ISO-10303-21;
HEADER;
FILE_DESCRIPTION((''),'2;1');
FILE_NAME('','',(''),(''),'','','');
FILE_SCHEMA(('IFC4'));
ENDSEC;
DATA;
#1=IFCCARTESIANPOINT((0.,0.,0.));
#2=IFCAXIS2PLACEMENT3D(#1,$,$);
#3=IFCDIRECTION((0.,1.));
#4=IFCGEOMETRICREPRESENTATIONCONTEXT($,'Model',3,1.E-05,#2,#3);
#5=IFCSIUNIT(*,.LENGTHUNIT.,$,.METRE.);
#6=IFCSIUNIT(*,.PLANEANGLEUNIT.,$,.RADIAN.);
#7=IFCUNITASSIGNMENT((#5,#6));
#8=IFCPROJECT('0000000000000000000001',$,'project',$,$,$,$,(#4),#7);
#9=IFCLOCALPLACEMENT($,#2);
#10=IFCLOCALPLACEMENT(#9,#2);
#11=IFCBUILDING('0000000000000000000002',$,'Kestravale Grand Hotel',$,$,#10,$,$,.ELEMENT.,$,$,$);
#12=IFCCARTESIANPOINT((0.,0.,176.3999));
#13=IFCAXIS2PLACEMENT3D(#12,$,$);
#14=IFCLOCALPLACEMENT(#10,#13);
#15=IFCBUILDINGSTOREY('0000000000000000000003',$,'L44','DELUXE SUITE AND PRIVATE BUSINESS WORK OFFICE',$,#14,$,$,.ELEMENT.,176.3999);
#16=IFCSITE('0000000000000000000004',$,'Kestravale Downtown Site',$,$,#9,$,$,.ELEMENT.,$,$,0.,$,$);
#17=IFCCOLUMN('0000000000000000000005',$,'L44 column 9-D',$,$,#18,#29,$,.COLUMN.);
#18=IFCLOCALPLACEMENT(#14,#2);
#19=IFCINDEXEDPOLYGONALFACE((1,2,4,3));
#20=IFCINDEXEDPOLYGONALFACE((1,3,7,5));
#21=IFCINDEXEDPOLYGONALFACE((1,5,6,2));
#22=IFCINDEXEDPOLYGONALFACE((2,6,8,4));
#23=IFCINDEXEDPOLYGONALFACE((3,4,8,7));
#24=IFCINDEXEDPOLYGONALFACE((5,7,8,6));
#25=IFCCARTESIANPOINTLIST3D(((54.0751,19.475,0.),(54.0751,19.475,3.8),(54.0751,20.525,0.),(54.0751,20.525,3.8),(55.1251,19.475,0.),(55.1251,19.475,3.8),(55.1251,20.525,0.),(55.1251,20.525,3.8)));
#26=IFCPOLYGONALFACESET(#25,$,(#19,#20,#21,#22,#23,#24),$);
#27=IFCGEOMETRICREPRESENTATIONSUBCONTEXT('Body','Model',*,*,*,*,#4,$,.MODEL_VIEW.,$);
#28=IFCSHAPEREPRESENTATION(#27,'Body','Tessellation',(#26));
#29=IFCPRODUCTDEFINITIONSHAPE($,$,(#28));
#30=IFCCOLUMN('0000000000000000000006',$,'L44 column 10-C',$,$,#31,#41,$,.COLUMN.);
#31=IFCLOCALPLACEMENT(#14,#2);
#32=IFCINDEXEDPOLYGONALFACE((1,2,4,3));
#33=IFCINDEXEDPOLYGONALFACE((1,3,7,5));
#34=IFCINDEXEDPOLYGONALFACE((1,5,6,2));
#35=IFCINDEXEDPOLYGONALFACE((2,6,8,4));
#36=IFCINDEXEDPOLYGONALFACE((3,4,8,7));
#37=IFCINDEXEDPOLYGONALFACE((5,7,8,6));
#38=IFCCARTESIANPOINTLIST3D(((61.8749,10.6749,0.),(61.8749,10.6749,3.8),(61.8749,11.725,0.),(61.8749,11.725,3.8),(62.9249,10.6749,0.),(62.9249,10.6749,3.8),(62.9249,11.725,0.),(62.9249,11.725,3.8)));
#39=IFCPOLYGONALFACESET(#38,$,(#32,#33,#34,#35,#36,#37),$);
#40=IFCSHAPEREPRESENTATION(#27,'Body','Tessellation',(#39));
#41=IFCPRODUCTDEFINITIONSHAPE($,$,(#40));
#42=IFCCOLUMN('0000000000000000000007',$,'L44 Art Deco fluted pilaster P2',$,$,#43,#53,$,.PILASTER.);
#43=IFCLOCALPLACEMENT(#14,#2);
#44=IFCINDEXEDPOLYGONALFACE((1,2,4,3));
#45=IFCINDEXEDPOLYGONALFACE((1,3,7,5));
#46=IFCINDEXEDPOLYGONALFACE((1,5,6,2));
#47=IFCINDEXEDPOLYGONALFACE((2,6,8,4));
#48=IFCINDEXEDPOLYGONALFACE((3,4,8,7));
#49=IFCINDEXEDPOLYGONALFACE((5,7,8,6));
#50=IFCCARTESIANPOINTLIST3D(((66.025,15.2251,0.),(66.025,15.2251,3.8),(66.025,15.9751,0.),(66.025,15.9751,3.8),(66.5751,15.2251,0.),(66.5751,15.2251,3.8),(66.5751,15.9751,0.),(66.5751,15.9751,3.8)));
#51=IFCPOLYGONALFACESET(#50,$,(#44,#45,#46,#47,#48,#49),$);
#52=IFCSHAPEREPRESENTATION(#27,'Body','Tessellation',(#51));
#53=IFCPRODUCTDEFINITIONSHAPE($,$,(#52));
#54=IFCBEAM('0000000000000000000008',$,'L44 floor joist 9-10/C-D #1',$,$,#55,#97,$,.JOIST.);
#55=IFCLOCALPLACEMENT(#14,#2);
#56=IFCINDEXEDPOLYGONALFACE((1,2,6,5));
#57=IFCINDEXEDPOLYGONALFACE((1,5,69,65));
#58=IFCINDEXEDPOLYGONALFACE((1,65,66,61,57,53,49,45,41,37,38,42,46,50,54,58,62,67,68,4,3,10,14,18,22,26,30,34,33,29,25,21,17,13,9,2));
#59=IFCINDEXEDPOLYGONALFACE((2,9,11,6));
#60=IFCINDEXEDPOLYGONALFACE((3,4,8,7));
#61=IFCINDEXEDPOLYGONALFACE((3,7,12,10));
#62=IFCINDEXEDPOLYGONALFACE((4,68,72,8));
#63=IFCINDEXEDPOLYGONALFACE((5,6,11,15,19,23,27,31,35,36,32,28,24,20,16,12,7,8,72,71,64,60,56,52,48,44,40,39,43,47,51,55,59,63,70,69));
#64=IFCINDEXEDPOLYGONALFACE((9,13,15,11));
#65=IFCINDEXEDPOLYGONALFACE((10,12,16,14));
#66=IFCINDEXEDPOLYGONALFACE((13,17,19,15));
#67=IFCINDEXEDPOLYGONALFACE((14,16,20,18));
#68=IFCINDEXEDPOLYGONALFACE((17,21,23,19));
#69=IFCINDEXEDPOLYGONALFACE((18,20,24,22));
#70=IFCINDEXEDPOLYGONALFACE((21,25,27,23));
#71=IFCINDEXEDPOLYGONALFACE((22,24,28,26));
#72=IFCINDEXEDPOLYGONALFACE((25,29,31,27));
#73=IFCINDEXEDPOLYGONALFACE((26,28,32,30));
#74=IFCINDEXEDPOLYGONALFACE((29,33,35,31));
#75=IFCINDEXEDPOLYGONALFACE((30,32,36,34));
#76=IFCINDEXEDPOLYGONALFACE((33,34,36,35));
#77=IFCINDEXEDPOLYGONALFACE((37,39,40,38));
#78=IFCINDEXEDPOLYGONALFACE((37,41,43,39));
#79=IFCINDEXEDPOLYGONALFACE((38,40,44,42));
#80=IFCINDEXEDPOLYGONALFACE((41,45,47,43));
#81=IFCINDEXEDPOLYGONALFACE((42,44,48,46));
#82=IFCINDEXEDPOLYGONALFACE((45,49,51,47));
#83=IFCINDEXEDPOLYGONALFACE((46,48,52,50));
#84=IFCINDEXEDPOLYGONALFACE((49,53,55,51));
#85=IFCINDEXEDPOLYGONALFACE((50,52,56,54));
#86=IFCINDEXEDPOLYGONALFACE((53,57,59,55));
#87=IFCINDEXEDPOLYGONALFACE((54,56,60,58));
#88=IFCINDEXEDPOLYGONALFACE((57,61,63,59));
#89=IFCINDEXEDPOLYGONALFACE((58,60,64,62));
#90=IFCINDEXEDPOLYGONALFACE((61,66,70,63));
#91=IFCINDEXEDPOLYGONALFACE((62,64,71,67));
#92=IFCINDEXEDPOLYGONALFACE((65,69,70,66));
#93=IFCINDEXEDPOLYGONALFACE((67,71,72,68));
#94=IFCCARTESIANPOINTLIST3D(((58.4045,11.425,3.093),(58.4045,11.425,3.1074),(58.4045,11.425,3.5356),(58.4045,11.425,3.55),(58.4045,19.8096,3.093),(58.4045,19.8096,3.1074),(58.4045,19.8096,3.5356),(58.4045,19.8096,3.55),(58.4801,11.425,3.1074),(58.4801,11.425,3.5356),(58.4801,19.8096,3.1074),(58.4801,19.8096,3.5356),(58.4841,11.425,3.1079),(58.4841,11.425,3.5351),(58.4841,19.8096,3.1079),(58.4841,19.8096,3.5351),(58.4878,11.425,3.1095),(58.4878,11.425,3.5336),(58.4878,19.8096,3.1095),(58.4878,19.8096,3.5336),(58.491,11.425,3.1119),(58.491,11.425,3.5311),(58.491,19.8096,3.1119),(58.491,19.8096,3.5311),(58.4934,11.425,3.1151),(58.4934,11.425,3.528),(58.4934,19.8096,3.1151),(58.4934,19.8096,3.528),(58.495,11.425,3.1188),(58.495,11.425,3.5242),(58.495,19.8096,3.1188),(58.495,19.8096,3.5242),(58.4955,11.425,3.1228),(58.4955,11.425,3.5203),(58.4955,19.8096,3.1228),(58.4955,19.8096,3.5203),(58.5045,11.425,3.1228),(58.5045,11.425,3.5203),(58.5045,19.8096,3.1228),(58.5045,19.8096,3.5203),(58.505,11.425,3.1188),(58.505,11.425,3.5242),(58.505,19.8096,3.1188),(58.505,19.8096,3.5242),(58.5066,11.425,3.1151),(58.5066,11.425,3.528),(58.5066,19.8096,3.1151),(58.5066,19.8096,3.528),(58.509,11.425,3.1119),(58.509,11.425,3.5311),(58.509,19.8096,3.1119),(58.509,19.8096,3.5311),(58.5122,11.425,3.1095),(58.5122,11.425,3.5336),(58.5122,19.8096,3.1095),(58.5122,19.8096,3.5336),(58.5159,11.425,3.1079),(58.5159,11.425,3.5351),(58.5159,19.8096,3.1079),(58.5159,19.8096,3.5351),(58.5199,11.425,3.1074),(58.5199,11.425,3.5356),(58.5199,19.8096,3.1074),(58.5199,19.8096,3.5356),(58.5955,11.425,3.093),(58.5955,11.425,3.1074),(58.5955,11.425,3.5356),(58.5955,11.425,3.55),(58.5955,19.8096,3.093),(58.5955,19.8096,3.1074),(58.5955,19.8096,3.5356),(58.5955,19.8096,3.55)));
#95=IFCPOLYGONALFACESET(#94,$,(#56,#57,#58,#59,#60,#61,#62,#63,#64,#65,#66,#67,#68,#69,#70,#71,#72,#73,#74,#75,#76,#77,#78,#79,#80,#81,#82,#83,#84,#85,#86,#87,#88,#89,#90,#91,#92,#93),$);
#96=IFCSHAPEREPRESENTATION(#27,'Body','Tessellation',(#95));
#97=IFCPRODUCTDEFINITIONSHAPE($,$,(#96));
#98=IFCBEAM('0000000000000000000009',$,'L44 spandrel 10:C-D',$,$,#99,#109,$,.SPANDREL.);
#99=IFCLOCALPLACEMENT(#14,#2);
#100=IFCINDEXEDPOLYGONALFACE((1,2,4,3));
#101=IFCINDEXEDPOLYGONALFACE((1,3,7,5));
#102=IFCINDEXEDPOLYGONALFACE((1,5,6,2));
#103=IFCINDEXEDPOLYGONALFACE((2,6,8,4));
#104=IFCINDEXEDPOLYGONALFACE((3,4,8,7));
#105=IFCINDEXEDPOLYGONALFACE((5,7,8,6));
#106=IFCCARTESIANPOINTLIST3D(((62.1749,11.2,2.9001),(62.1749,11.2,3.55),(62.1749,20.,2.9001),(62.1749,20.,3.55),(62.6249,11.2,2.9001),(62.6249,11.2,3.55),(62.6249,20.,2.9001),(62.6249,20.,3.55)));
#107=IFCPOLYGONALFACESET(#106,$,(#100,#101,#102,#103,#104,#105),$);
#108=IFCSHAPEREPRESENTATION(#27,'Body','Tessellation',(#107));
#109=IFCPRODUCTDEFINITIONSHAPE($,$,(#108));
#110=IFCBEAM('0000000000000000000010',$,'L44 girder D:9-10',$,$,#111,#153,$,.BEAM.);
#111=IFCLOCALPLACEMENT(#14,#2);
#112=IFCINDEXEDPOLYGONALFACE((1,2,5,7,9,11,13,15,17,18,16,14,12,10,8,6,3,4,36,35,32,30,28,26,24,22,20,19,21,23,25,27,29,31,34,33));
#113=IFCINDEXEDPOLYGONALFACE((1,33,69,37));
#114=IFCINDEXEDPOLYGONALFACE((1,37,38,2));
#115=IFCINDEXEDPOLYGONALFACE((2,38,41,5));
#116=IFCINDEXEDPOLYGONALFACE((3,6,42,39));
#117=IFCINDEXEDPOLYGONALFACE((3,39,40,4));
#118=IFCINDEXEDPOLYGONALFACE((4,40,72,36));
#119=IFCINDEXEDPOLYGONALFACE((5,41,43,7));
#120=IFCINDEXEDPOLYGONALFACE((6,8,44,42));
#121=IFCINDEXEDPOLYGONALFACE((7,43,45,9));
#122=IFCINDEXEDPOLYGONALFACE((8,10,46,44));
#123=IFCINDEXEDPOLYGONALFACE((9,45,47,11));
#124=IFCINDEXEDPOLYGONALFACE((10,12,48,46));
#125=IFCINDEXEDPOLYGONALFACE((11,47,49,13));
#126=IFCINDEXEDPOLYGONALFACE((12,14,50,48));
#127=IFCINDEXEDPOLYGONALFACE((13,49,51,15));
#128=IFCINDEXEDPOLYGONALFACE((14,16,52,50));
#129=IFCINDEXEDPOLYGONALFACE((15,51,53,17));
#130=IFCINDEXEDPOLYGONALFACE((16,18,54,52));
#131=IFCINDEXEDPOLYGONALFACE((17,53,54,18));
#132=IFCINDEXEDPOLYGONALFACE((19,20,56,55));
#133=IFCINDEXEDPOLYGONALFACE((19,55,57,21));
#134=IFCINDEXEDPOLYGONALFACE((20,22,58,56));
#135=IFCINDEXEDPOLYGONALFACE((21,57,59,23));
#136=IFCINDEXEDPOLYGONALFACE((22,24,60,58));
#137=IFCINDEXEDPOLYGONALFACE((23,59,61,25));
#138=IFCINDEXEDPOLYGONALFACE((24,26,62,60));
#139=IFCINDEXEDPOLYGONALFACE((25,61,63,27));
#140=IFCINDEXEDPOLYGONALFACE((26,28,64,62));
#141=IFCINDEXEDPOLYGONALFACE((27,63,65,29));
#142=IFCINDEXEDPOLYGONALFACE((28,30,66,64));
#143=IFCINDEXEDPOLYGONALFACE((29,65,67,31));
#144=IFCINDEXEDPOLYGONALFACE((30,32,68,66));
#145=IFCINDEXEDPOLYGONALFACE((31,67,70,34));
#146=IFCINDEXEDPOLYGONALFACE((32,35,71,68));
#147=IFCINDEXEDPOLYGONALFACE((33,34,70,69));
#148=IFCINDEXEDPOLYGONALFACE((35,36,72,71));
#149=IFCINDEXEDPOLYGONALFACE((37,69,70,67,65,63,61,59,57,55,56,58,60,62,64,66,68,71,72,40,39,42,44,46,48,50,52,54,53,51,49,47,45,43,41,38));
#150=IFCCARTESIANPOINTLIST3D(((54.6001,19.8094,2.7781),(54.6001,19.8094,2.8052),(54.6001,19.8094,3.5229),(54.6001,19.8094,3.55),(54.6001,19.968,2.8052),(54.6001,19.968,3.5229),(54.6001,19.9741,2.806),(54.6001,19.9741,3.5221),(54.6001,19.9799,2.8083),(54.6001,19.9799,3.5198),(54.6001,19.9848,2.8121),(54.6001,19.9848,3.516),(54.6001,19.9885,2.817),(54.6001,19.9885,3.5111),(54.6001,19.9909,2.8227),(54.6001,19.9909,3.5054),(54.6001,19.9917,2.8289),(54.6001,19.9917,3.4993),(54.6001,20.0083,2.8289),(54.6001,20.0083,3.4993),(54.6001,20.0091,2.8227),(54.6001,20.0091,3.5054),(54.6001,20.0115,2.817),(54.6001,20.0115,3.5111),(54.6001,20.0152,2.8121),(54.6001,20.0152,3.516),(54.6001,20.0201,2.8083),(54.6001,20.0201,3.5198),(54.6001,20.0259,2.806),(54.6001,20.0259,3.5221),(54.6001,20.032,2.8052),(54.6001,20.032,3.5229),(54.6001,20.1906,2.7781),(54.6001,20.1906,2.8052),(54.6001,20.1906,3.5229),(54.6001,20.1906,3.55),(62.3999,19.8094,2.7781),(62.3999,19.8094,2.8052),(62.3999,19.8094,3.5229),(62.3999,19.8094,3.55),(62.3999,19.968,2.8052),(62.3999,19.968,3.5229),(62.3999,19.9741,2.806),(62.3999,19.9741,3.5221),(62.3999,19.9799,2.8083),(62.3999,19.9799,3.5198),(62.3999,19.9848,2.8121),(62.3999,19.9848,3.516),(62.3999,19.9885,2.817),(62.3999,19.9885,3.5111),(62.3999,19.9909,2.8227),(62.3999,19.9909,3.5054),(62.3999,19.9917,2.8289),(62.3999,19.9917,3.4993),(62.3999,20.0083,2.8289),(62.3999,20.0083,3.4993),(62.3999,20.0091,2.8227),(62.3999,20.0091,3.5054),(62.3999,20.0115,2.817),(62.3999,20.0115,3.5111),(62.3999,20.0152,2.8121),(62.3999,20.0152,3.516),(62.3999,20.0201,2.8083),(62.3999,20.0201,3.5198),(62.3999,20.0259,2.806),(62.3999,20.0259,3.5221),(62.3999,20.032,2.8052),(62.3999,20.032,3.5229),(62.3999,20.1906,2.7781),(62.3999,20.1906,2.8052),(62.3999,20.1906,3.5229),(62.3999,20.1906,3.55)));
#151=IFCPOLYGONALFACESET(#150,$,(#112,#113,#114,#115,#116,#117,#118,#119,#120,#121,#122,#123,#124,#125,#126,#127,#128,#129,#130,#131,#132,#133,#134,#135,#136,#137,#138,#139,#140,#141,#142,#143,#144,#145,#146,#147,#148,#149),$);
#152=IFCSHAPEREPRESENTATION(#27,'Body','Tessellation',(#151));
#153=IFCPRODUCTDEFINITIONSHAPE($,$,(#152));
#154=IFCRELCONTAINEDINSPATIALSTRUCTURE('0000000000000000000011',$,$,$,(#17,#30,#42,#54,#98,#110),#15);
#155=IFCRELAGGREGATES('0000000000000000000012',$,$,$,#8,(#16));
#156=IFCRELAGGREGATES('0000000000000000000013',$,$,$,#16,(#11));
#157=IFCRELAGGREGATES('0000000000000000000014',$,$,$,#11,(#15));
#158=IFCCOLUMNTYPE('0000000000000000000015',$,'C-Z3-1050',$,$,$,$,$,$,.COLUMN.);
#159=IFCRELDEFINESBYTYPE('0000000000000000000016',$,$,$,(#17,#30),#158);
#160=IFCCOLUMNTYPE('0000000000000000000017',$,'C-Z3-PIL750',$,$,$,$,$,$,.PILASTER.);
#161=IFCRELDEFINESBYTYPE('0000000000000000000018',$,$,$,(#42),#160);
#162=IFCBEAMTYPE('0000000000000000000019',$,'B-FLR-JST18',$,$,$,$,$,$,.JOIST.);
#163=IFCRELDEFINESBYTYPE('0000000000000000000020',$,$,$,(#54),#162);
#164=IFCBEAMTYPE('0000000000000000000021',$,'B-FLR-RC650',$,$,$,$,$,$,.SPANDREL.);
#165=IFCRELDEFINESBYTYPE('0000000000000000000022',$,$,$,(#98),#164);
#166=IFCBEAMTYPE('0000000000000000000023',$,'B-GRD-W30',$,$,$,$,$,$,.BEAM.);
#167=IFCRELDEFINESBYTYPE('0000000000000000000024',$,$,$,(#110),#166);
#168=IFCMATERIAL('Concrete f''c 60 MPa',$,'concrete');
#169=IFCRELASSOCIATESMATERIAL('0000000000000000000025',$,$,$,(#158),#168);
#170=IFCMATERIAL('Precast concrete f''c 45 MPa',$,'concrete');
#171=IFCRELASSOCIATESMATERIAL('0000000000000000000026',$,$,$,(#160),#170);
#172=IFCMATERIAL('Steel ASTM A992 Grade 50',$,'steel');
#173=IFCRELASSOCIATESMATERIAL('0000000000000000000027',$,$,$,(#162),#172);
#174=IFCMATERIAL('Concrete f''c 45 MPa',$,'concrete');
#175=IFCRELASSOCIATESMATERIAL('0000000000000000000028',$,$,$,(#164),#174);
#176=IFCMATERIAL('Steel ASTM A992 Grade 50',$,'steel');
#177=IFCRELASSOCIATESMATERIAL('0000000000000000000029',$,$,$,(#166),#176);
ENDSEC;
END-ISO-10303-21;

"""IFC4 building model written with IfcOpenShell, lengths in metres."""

from ifc_helpers import new_model, si_unit, direction, frame, origin, origin_2d, place, context, subcontext, project, spatial, rectangle, i_section, extrude, material, material_profile, profile_set, type_object, element, save


model = new_model("IFC4")

# Units and contexts
model_context = context("Model", 3, precision=1e-05, world=origin(), true_north=direction((0.0, 1.0)))
body_context = subcontext(model_context, "Body", "Model", "MODEL_VIEW")
ifc_project = project(units=[si_unit("LENGTHUNIT", "METRE"), si_unit("PLANEANGLEUNIT", "RADIAN")], contexts=[model_context])

# Site, building, storey
site_placement = place(None, origin())
site = spatial("IfcSite", under=ifc_project, at=site_placement, Name="Kestravale Downtown Site", CompositionType="ELEMENT", RefElevation=0.0)
building_placement = place(site_placement, origin())
building = spatial("IfcBuilding", under=site, at=building_placement, Name="Kestravale Grand Hotel", CompositionType="ELEMENT")
storey_placement = place(building_placement, frame((0.0, 0.0, 176.3999)))
storey = spatial("IfcBuildingStorey", under=building, at=storey_placement, Name="L44", Description="DELUXE SUITE AND PRIVATE BUSINESS WORK OFFICE", CompositionType="ELEMENT", Elevation=176.3999)

# Columns
ifc_material_1 = material(Name="Concrete f'c 60 MPa", Category="concrete")
ifc_material_profile_1 = material_profile(ifc_material_1, rectangle(XDim=1.05, YDim=1.05, at=origin_2d()))
ifc_profile_set_1 = profile_set([ifc_material_profile_1], Name="Concrete f'c 60 MPa")
column_type_1 = type_object("IfcColumnType", Name="C-Z3-1050", PredefinedType="COLUMN", material=ifc_profile_set_1)
for number, where, z_axis, x_axis, name in (
    (1, (54.6001, 20.0, 0.0), (0.0, 0.0, 1.0), (1.0, 0.0, 0.0), "L44 column 9-D"),
    (2, (62.3999, 11.2, 0.0), (0.0, 0.0, 1.0), (1.0, 0.0, 0.0), "L44 column 10-C"),
):
    element("IfcColumn", number, at=place(storey_placement, frame(where, z_axis=z_axis, x_axis=x_axis)), inside=storey, type_object=column_type_1, Name=name, PredefinedType="COLUMN", context=body_context, shape_type="SweptSolid", body=[
        extrude(rectangle(XDim=1.05, YDim=1.05, at=origin_2d()), origin(), (0.0, 0.0, 1.0), 3.8),
    ])
ifc_material_2 = material(Name="Precast concrete f'c 45 MPa", Category="concrete")
ifc_material_profile_2 = material_profile(ifc_material_2, rectangle(XDim=0.55, YDim=0.75, at=origin_2d()))
ifc_profile_set_2 = profile_set([ifc_material_profile_2], Name="Precast concrete f'c 45 MPa")
column_type_2 = type_object("IfcColumnType", Name="C-Z3-PIL750", PredefinedType="PILASTER", material=ifc_profile_set_2)
column_placement = place(storey_placement, frame((66.3, 15.6001, 0.0), z_axis=(0.0, 0.0, 1.0), x_axis=(1.0, 0.0, 0.0)))
element("IfcColumn", 3, at=column_placement, inside=storey, type_object=column_type_2, Name="L44 Art Deco fluted pilaster P2", PredefinedType="PILASTER", context=body_context, shape_type="SweptSolid", body=[
    extrude(rectangle(XDim=0.55, YDim=0.75, at=origin_2d()), origin(), (0.0, 0.0, 1.0), 3.8),
])

# Beams
ifc_material_3 = material(Name="Steel ASTM A992 Grade 50", Category="steel")
ifc_material_profile_3 = material_profile(ifc_material_3, i_section(OverallWidth=0.1909, OverallDepth=0.457, WebThickness=0.009, FlangeThickness=0.0144, FilletRadius=0.0154, at=origin_2d()))
ifc_profile_set_3 = profile_set([ifc_material_profile_3], Name="Steel ASTM A992 Grade 50")
beam_type_1 = type_object("IfcBeamType", Name="B-FLR-JST18", PredefinedType="JOIST", material=ifc_profile_set_3)
beam_1_placement = place(storey_placement, frame((58.5, 11.425, 3.3215), z_axis=(0.0, 1.0, 0.0), x_axis=(-1.0, 0.0, 0.0)))
element("IfcBeam", 4, at=beam_1_placement, inside=storey, type_object=beam_type_1, Name="L44 floor joist 9-10/C-D #1", PredefinedType="JOIST", context=body_context, shape_type="SweptSolid", body=[
    extrude(i_section(OverallWidth=0.1909, OverallDepth=0.457, WebThickness=0.009, FlangeThickness=0.0144, FilletRadius=0.0154, at=origin_2d()), origin(), (0.0, 0.0, 1.0), 8.3845),
])
ifc_material_4 = material(Name="Concrete f'c 45 MPa", Category="concrete")
ifc_material_profile_4 = material_profile(ifc_material_4, rectangle(XDim=0.45, YDim=0.6499, at=origin_2d()))
ifc_profile_set_4 = profile_set([ifc_material_profile_4], Name="Concrete f'c 45 MPa")
beam_type_2 = type_object("IfcBeamType", Name="B-FLR-RC650", PredefinedType="SPANDREL", material=ifc_profile_set_4)
beam_2_placement = place(storey_placement, frame((62.3999, 11.2, 3.2251), z_axis=(0.0, 1.0, 0.0), x_axis=(-1.0, 0.0, 0.0)))
element("IfcBeam", 5, at=beam_2_placement, inside=storey, type_object=beam_type_2, Name="L44 spandrel 10:C-D", PredefinedType="SPANDREL", context=body_context, shape_type="SweptSolid", body=[
    extrude(rectangle(XDim=0.45, YDim=0.6499, at=origin_2d()), origin(), (0.0, 0.0, 1.0), 8.8),
])
ifc_material_5 = material(Name="Steel ASTM A992 Grade 50", Category="steel")
ifc_material_profile_5 = material_profile(ifc_material_5, i_section(OverallWidth=0.3811, OverallDepth=0.772, WebThickness=0.0166, FlangeThickness=0.0271, FilletRadius=0.0237, at=origin_2d()))
ifc_profile_set_5 = profile_set([ifc_material_profile_5], Name="Steel ASTM A992 Grade 50")
beam_type_3 = type_object("IfcBeamType", Name="B-GRD-W30", PredefinedType="BEAM", material=ifc_profile_set_5)
beam_3_placement = place(storey_placement, frame((54.6001, 20.0, 3.1641), z_axis=(1.0, 0.0, 0.0), x_axis=(0.0, 1.0, 0.0)))
element("IfcBeam", 6, at=beam_3_placement, inside=storey, type_object=beam_type_3, Name="L44 girder D:9-10", PredefinedType="BEAM", context=body_context, shape_type="SweptSolid", body=[
    extrude(i_section(OverallWidth=0.3811, OverallDepth=0.772, WebThickness=0.0166, FlangeThickness=0.0271, FilletRadius=0.0237, at=origin_2d()), origin(), (0.0, 0.0, 1.0), 7.7998),
])

save(model, "model.ifc")
